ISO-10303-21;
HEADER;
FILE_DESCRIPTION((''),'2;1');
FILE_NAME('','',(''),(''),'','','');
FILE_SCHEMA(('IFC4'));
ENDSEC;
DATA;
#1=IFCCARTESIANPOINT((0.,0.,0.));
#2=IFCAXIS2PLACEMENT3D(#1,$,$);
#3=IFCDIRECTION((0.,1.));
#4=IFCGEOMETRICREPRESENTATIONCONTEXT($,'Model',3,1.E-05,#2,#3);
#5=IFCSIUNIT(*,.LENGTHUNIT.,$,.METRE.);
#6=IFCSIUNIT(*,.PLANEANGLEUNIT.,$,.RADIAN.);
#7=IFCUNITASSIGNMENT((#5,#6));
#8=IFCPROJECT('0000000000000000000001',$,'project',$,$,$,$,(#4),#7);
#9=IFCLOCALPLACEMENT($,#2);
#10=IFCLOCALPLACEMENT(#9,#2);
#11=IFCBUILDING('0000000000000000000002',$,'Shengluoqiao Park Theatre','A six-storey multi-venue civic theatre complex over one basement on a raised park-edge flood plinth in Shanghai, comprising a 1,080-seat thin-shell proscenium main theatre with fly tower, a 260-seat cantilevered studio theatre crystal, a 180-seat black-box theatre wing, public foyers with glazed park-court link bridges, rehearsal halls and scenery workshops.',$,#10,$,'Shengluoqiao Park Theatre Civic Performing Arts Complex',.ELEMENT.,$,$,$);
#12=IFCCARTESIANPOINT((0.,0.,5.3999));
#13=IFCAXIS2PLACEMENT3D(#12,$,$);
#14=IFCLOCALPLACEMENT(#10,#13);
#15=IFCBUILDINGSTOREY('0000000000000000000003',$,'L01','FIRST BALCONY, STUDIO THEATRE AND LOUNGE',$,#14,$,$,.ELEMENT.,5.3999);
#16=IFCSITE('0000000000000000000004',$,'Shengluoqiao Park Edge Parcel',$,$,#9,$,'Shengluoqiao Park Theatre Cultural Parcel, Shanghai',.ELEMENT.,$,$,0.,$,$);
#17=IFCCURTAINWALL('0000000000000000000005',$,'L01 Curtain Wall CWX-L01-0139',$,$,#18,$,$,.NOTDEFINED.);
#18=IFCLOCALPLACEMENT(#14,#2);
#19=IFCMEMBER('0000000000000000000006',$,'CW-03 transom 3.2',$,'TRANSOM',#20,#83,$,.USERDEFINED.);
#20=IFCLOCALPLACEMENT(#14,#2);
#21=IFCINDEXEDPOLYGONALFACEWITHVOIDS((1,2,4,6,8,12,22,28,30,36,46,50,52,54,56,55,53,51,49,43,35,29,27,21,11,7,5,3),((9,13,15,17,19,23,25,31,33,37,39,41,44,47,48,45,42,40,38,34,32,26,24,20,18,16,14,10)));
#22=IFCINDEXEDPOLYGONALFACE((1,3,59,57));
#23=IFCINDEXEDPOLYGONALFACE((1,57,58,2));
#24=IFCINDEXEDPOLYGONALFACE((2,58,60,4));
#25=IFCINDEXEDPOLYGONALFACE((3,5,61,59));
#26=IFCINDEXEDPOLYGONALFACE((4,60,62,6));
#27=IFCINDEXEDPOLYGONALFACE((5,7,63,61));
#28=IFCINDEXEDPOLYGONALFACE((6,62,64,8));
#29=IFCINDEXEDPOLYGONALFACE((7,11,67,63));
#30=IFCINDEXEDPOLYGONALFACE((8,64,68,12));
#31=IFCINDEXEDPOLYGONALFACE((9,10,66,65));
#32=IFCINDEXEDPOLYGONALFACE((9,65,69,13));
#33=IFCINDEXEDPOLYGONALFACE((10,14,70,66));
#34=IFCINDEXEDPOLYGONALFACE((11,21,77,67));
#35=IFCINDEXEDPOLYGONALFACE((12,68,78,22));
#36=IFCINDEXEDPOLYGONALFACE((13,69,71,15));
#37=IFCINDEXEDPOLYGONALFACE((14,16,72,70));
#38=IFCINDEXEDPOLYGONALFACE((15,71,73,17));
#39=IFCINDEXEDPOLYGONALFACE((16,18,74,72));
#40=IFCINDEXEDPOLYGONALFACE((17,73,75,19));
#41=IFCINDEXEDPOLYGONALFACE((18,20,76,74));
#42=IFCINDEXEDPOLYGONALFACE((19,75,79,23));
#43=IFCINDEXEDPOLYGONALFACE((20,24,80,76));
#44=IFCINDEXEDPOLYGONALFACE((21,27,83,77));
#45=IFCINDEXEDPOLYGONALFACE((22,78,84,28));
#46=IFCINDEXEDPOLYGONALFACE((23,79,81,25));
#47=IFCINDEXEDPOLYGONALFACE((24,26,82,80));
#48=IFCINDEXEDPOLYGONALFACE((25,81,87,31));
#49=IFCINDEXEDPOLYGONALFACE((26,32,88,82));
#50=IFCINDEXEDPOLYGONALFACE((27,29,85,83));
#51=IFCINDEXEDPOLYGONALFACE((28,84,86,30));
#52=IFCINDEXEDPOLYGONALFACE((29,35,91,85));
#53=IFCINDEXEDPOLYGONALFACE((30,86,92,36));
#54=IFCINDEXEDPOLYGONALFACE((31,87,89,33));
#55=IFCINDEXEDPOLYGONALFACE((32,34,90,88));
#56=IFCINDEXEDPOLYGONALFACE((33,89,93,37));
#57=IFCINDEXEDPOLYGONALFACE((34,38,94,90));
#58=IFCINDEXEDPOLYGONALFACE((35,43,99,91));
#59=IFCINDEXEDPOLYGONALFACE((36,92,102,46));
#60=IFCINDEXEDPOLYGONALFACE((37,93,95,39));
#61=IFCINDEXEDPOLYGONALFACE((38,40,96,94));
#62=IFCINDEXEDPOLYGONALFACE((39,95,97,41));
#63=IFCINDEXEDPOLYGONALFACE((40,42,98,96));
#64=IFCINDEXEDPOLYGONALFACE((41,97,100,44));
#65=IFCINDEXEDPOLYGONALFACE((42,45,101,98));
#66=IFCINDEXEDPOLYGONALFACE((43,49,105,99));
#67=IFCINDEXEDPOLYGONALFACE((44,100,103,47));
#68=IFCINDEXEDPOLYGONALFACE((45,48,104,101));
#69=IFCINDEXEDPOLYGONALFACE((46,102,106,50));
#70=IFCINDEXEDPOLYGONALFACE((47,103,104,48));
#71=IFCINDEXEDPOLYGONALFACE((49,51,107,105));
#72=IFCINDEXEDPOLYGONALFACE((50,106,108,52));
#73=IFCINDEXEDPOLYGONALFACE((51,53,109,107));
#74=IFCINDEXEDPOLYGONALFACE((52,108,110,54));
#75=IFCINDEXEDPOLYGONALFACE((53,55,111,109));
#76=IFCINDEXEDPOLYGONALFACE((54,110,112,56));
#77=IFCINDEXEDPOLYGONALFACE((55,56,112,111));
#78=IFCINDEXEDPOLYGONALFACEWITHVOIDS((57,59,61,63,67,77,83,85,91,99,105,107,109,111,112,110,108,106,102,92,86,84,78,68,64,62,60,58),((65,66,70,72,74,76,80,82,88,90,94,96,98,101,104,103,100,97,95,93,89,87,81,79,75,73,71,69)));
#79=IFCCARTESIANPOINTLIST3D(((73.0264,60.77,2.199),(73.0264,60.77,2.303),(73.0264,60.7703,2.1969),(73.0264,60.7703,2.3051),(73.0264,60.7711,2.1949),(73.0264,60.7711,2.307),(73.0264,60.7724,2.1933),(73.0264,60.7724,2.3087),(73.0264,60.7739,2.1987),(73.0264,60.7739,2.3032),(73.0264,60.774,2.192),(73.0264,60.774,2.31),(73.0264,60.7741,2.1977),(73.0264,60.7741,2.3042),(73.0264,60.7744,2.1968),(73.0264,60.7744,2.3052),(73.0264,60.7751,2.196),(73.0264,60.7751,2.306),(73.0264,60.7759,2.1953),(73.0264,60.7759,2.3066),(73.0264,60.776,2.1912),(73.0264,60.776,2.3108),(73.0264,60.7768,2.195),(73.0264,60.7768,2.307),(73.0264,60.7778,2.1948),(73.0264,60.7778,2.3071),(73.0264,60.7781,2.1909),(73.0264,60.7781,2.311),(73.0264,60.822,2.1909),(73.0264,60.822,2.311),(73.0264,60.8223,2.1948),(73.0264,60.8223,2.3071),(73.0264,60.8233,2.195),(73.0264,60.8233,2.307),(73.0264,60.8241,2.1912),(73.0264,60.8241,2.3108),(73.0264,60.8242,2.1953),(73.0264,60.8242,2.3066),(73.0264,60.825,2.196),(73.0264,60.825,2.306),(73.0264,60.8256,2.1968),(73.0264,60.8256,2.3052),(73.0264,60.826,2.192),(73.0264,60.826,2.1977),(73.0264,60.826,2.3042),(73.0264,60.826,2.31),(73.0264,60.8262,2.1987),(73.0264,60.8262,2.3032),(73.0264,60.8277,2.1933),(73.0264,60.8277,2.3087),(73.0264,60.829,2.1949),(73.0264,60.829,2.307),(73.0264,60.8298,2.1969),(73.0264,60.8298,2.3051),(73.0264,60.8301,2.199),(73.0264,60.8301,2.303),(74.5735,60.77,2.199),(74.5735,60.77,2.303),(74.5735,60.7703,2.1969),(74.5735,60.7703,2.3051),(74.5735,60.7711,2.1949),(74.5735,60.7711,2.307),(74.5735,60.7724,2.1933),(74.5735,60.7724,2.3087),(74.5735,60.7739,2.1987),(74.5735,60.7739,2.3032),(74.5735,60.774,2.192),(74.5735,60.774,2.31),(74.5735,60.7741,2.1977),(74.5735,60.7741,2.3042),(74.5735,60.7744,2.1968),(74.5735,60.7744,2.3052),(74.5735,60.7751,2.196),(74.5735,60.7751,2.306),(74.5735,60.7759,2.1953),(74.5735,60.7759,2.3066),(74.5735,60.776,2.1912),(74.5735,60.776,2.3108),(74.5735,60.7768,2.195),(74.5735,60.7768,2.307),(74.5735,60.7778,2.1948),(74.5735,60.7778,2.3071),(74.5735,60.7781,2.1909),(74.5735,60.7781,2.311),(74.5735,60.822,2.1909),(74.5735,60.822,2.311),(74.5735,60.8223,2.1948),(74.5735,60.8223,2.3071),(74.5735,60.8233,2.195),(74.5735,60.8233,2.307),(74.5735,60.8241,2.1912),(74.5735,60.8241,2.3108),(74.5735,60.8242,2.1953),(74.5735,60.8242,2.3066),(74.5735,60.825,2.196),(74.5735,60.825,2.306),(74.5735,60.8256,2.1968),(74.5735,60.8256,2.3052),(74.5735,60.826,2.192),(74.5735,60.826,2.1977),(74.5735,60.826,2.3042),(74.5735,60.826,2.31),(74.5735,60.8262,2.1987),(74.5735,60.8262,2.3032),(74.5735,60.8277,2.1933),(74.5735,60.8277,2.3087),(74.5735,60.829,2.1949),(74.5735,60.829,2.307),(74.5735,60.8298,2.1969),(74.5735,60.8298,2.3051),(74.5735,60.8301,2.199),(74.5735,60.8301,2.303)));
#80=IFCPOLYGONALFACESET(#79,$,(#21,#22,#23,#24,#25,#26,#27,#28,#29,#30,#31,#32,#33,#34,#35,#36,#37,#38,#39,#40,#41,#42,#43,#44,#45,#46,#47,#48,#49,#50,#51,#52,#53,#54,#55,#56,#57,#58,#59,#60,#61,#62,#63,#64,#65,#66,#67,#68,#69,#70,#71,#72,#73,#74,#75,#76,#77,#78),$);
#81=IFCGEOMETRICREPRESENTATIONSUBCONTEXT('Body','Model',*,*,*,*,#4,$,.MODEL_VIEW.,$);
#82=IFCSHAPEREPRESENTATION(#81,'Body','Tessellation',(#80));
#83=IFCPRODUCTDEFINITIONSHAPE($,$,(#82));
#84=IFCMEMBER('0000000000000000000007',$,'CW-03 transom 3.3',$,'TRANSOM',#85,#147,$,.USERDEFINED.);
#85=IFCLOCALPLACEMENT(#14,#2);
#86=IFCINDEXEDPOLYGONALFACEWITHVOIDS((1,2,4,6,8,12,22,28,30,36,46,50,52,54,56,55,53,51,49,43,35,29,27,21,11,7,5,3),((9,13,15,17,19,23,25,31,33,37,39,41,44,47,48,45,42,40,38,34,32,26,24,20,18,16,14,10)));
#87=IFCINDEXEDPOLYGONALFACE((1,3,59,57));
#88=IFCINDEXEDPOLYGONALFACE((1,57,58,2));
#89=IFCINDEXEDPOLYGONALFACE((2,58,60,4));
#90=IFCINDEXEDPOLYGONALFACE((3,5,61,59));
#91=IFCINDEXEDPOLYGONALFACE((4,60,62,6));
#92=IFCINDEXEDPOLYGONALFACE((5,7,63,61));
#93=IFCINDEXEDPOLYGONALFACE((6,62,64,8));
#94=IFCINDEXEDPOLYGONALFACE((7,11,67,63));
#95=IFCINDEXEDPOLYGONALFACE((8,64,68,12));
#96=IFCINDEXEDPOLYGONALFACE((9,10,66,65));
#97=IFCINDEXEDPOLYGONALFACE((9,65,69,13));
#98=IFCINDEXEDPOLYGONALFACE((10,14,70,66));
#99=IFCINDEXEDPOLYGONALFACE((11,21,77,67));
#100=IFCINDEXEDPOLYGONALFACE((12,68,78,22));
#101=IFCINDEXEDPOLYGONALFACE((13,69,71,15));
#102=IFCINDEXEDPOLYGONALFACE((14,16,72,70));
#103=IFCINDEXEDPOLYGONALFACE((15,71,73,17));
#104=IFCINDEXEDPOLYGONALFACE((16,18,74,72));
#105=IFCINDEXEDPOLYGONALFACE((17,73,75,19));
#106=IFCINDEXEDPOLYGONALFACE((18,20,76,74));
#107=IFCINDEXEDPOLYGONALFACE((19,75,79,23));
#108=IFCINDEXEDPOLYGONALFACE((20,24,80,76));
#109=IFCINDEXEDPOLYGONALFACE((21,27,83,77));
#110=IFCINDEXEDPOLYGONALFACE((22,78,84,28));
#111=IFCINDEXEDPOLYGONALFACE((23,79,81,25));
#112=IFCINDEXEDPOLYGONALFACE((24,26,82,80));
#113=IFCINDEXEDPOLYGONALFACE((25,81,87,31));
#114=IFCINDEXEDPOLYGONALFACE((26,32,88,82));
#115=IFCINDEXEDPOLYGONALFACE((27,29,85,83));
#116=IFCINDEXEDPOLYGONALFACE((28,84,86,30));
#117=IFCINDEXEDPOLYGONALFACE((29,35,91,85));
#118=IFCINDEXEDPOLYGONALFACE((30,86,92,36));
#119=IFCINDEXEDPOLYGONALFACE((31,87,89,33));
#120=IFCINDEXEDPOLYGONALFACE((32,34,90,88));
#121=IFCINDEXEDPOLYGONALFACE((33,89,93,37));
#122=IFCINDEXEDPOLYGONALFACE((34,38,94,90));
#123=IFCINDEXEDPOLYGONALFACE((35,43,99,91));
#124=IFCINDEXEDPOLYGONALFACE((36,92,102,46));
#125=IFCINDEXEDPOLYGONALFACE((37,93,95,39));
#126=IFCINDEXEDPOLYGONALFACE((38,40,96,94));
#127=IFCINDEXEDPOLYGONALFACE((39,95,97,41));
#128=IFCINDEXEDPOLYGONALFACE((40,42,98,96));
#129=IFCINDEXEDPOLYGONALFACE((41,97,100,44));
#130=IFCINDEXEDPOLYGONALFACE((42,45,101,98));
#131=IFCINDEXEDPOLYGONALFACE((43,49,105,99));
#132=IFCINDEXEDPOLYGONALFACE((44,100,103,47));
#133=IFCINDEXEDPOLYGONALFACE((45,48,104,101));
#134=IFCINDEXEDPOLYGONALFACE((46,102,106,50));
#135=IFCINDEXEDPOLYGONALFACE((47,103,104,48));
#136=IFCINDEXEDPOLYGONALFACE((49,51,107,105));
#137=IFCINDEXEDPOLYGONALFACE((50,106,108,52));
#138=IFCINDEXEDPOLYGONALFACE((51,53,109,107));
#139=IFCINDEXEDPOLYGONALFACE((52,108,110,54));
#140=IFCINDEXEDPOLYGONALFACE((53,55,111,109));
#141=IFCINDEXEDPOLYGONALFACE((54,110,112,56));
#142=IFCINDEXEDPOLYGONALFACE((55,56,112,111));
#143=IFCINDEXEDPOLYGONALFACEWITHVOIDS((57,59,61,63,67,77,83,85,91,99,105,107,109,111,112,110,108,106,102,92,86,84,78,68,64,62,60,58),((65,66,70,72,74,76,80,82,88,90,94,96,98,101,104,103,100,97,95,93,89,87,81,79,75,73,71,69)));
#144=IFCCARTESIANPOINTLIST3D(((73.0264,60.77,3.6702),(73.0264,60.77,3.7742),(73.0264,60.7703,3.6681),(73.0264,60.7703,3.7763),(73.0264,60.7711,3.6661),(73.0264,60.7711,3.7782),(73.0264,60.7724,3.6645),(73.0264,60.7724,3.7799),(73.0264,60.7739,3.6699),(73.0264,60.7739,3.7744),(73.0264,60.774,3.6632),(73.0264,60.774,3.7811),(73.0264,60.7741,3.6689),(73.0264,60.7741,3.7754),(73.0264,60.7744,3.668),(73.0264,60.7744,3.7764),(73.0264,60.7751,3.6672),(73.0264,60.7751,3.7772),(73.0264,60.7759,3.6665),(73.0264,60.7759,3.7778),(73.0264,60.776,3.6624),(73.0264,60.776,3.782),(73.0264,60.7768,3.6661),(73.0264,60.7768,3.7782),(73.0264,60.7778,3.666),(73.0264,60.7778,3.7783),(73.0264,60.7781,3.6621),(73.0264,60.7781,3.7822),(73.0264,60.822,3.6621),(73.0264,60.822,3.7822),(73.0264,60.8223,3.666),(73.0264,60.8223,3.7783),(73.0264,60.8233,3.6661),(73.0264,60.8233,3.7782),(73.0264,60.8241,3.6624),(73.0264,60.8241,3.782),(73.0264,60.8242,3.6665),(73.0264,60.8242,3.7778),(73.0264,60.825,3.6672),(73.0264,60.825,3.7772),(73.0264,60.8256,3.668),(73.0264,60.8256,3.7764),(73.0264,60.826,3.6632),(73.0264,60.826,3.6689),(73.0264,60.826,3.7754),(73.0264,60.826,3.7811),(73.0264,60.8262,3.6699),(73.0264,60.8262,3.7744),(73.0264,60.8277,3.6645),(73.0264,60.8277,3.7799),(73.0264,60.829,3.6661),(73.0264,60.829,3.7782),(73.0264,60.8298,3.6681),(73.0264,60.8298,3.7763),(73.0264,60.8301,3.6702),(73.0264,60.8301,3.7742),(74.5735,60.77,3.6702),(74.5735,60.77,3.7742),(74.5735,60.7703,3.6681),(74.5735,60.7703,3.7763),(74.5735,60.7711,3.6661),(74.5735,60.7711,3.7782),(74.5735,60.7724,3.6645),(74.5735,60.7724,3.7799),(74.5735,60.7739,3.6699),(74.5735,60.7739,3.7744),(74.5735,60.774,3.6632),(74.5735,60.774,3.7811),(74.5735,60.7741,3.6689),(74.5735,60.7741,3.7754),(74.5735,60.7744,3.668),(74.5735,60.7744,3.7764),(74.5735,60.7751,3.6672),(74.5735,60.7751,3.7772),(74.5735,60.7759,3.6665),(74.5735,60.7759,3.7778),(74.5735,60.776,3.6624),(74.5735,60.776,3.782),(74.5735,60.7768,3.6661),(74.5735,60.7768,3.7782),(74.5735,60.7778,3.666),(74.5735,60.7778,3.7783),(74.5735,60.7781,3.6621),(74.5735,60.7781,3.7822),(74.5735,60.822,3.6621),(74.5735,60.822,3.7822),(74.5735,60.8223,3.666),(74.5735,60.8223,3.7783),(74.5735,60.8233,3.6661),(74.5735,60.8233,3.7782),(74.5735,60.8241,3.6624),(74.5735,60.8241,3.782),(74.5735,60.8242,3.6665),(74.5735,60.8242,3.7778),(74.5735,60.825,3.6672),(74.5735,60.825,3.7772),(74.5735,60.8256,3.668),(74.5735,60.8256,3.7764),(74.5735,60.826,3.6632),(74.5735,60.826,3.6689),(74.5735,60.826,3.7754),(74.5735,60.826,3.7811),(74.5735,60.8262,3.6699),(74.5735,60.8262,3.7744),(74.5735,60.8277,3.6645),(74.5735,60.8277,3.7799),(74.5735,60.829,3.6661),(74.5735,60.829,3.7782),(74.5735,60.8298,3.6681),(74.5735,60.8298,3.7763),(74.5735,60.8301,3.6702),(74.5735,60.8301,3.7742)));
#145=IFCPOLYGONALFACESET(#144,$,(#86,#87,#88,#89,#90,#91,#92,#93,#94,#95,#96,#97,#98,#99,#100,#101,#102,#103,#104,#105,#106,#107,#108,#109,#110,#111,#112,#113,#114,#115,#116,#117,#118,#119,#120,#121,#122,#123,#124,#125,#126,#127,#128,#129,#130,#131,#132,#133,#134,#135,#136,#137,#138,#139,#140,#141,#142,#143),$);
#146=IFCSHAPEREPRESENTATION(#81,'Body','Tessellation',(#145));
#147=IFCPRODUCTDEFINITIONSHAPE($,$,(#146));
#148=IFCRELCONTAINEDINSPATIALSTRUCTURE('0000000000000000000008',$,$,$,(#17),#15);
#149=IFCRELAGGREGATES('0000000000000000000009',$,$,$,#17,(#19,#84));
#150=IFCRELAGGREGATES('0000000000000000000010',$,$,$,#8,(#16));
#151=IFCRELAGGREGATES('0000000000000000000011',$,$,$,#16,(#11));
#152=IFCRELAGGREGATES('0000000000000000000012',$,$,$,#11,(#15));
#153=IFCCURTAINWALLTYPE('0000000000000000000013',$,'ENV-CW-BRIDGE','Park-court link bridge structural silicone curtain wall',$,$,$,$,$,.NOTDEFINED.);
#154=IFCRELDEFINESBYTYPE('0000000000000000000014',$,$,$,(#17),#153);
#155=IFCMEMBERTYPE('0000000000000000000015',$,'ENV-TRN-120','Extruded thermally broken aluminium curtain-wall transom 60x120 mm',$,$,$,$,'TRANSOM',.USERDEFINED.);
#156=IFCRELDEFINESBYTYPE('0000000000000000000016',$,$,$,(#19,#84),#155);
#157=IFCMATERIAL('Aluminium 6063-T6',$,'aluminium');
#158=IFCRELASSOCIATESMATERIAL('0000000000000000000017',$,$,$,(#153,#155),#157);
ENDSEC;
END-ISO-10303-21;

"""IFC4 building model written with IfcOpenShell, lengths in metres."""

from ifc_helpers import new_model, si_unit, direction, frame, origin, origin_2d, place, context, subcontext, project, spatial, hollow_rectangle, extrude, material, material_profile, profile_set, type_object, element, aggregate, save


model = new_model("IFC4")

# Units and contexts
model_context = context("Model", 3, precision=1e-05, world=origin(), true_north=direction((0.0, 1.0)))
body_context = subcontext(model_context, "Body", "Model", "MODEL_VIEW")
ifc_project = project(units=[si_unit("LENGTHUNIT", "METRE"), si_unit("PLANEANGLEUNIT", "RADIAN")], contexts=[model_context])

# Site, building, storey
site_placement = place(None, origin())
site = spatial("IfcSite", under=ifc_project, at=site_placement, Name="Shengluoqiao Park Edge Parcel", LongName="Shengluoqiao Park Theatre Cultural Parcel, Shanghai", CompositionType="ELEMENT", RefElevation=0.0)
building_placement = place(site_placement, origin())
building = spatial("IfcBuilding", under=site, at=building_placement, Name="Shengluoqiao Park Theatre", Description="A six-storey multi-venue civic theatre complex over one basement on a raised park-edge flood plinth in Shanghai, comprising a 1,080-seat thin-shell proscenium main theatre with fly tower, a 260-seat cantilevered studio theatre crystal, a 180-seat black-box theatre wing, public foyers with glazed park-court link bridges, rehearsal halls and scenery workshops.", LongName="Shengluoqiao Park Theatre Civic Performing Arts Complex", CompositionType="ELEMENT")
storey_placement = place(building_placement, frame((0.0, 0.0, 5.3999)))
storey = spatial("IfcBuildingStorey", under=building, at=storey_placement, Name="L01", Description="FIRST BALCONY, STUDIO THEATRE AND LOUNGE", CompositionType="ELEMENT", Elevation=5.3999)

# Curtain wall
ifc_material_1 = material(Name="Aluminium 6063-T6", Category="aluminium")
curtain_wall_type_1 = type_object("IfcCurtainWallType", Name="ENV-CW-BRIDGE", Description="Park-court link bridge structural silicone curtain wall", PredefinedType="NOTDEFINED", material=ifc_material_1)
curtain_wall_1_placement = place(storey_placement, origin())
curtain_wall_1 = element("IfcCurtainWall", 1, at=curtain_wall_1_placement, inside=storey, type_object=curtain_wall_type_1, Name="L01 Curtain Wall CWX-L01-0139", PredefinedType="NOTDEFINED")

# Members
ifc_material_profile_1 = material_profile(ifc_material_1, hollow_rectangle(XDim=0.0601, YDim=0.1201, WallThickness=0.0039, InnerFilletRadius=0.0039, OuterFilletRadius=0.0081, at=origin_2d()), Name="ALU TRANSOM 120x60x4")
ifc_profile_set_1 = profile_set([ifc_material_profile_1], Name="Aluminium 6063-T6")
member_type_1 = type_object("IfcMemberType", Name="ENV-TRN-120", Description="Extruded thermally broken aluminium curtain-wall transom 60x120 mm", ElementType="TRANSOM", PredefinedType="USERDEFINED", material=ifc_profile_set_1)
member_1_placement = place(storey_placement, frame((73.0264, 60.8, 2.251), z_axis=(1.0, 0.0, 0.0), x_axis=(0.0, 1.0, 0.0)))
member_1 = element("IfcMember", 2, at=member_1_placement, type_object=member_type_1, Name="CW-03 transom 3.2", ObjectType="TRANSOM", PredefinedType="USERDEFINED", context=body_context, shape_type="SweptSolid", body=[
    extrude(hollow_rectangle(XDim=0.0601, YDim=0.1201, WallThickness=0.0039, InnerFilletRadius=0.0039, OuterFilletRadius=0.0081, at=origin_2d()), origin(), (0.0, 0.0, 1.0), 1.5471),
])
member_2_placement = place(storey_placement, frame((73.0264, 60.8, 3.7222), z_axis=(1.0, 0.0, 0.0), x_axis=(0.0, 1.0, 0.0)))
member_2 = element("IfcMember", 3, at=member_2_placement, type_object=member_type_1, Name="CW-03 transom 3.3", ObjectType="TRANSOM", PredefinedType="USERDEFINED", context=body_context, shape_type="SweptSolid", body=[
    extrude(hollow_rectangle(XDim=0.0601, YDim=0.1201, WallThickness=0.0039, InnerFilletRadius=0.0039, OuterFilletRadius=0.0081, at=origin_2d()), origin(), (0.0, 0.0, 1.0), 1.5471),
])

aggregate(curtain_wall_1, [member_1, member_2])

save(model, "model.ifc")
